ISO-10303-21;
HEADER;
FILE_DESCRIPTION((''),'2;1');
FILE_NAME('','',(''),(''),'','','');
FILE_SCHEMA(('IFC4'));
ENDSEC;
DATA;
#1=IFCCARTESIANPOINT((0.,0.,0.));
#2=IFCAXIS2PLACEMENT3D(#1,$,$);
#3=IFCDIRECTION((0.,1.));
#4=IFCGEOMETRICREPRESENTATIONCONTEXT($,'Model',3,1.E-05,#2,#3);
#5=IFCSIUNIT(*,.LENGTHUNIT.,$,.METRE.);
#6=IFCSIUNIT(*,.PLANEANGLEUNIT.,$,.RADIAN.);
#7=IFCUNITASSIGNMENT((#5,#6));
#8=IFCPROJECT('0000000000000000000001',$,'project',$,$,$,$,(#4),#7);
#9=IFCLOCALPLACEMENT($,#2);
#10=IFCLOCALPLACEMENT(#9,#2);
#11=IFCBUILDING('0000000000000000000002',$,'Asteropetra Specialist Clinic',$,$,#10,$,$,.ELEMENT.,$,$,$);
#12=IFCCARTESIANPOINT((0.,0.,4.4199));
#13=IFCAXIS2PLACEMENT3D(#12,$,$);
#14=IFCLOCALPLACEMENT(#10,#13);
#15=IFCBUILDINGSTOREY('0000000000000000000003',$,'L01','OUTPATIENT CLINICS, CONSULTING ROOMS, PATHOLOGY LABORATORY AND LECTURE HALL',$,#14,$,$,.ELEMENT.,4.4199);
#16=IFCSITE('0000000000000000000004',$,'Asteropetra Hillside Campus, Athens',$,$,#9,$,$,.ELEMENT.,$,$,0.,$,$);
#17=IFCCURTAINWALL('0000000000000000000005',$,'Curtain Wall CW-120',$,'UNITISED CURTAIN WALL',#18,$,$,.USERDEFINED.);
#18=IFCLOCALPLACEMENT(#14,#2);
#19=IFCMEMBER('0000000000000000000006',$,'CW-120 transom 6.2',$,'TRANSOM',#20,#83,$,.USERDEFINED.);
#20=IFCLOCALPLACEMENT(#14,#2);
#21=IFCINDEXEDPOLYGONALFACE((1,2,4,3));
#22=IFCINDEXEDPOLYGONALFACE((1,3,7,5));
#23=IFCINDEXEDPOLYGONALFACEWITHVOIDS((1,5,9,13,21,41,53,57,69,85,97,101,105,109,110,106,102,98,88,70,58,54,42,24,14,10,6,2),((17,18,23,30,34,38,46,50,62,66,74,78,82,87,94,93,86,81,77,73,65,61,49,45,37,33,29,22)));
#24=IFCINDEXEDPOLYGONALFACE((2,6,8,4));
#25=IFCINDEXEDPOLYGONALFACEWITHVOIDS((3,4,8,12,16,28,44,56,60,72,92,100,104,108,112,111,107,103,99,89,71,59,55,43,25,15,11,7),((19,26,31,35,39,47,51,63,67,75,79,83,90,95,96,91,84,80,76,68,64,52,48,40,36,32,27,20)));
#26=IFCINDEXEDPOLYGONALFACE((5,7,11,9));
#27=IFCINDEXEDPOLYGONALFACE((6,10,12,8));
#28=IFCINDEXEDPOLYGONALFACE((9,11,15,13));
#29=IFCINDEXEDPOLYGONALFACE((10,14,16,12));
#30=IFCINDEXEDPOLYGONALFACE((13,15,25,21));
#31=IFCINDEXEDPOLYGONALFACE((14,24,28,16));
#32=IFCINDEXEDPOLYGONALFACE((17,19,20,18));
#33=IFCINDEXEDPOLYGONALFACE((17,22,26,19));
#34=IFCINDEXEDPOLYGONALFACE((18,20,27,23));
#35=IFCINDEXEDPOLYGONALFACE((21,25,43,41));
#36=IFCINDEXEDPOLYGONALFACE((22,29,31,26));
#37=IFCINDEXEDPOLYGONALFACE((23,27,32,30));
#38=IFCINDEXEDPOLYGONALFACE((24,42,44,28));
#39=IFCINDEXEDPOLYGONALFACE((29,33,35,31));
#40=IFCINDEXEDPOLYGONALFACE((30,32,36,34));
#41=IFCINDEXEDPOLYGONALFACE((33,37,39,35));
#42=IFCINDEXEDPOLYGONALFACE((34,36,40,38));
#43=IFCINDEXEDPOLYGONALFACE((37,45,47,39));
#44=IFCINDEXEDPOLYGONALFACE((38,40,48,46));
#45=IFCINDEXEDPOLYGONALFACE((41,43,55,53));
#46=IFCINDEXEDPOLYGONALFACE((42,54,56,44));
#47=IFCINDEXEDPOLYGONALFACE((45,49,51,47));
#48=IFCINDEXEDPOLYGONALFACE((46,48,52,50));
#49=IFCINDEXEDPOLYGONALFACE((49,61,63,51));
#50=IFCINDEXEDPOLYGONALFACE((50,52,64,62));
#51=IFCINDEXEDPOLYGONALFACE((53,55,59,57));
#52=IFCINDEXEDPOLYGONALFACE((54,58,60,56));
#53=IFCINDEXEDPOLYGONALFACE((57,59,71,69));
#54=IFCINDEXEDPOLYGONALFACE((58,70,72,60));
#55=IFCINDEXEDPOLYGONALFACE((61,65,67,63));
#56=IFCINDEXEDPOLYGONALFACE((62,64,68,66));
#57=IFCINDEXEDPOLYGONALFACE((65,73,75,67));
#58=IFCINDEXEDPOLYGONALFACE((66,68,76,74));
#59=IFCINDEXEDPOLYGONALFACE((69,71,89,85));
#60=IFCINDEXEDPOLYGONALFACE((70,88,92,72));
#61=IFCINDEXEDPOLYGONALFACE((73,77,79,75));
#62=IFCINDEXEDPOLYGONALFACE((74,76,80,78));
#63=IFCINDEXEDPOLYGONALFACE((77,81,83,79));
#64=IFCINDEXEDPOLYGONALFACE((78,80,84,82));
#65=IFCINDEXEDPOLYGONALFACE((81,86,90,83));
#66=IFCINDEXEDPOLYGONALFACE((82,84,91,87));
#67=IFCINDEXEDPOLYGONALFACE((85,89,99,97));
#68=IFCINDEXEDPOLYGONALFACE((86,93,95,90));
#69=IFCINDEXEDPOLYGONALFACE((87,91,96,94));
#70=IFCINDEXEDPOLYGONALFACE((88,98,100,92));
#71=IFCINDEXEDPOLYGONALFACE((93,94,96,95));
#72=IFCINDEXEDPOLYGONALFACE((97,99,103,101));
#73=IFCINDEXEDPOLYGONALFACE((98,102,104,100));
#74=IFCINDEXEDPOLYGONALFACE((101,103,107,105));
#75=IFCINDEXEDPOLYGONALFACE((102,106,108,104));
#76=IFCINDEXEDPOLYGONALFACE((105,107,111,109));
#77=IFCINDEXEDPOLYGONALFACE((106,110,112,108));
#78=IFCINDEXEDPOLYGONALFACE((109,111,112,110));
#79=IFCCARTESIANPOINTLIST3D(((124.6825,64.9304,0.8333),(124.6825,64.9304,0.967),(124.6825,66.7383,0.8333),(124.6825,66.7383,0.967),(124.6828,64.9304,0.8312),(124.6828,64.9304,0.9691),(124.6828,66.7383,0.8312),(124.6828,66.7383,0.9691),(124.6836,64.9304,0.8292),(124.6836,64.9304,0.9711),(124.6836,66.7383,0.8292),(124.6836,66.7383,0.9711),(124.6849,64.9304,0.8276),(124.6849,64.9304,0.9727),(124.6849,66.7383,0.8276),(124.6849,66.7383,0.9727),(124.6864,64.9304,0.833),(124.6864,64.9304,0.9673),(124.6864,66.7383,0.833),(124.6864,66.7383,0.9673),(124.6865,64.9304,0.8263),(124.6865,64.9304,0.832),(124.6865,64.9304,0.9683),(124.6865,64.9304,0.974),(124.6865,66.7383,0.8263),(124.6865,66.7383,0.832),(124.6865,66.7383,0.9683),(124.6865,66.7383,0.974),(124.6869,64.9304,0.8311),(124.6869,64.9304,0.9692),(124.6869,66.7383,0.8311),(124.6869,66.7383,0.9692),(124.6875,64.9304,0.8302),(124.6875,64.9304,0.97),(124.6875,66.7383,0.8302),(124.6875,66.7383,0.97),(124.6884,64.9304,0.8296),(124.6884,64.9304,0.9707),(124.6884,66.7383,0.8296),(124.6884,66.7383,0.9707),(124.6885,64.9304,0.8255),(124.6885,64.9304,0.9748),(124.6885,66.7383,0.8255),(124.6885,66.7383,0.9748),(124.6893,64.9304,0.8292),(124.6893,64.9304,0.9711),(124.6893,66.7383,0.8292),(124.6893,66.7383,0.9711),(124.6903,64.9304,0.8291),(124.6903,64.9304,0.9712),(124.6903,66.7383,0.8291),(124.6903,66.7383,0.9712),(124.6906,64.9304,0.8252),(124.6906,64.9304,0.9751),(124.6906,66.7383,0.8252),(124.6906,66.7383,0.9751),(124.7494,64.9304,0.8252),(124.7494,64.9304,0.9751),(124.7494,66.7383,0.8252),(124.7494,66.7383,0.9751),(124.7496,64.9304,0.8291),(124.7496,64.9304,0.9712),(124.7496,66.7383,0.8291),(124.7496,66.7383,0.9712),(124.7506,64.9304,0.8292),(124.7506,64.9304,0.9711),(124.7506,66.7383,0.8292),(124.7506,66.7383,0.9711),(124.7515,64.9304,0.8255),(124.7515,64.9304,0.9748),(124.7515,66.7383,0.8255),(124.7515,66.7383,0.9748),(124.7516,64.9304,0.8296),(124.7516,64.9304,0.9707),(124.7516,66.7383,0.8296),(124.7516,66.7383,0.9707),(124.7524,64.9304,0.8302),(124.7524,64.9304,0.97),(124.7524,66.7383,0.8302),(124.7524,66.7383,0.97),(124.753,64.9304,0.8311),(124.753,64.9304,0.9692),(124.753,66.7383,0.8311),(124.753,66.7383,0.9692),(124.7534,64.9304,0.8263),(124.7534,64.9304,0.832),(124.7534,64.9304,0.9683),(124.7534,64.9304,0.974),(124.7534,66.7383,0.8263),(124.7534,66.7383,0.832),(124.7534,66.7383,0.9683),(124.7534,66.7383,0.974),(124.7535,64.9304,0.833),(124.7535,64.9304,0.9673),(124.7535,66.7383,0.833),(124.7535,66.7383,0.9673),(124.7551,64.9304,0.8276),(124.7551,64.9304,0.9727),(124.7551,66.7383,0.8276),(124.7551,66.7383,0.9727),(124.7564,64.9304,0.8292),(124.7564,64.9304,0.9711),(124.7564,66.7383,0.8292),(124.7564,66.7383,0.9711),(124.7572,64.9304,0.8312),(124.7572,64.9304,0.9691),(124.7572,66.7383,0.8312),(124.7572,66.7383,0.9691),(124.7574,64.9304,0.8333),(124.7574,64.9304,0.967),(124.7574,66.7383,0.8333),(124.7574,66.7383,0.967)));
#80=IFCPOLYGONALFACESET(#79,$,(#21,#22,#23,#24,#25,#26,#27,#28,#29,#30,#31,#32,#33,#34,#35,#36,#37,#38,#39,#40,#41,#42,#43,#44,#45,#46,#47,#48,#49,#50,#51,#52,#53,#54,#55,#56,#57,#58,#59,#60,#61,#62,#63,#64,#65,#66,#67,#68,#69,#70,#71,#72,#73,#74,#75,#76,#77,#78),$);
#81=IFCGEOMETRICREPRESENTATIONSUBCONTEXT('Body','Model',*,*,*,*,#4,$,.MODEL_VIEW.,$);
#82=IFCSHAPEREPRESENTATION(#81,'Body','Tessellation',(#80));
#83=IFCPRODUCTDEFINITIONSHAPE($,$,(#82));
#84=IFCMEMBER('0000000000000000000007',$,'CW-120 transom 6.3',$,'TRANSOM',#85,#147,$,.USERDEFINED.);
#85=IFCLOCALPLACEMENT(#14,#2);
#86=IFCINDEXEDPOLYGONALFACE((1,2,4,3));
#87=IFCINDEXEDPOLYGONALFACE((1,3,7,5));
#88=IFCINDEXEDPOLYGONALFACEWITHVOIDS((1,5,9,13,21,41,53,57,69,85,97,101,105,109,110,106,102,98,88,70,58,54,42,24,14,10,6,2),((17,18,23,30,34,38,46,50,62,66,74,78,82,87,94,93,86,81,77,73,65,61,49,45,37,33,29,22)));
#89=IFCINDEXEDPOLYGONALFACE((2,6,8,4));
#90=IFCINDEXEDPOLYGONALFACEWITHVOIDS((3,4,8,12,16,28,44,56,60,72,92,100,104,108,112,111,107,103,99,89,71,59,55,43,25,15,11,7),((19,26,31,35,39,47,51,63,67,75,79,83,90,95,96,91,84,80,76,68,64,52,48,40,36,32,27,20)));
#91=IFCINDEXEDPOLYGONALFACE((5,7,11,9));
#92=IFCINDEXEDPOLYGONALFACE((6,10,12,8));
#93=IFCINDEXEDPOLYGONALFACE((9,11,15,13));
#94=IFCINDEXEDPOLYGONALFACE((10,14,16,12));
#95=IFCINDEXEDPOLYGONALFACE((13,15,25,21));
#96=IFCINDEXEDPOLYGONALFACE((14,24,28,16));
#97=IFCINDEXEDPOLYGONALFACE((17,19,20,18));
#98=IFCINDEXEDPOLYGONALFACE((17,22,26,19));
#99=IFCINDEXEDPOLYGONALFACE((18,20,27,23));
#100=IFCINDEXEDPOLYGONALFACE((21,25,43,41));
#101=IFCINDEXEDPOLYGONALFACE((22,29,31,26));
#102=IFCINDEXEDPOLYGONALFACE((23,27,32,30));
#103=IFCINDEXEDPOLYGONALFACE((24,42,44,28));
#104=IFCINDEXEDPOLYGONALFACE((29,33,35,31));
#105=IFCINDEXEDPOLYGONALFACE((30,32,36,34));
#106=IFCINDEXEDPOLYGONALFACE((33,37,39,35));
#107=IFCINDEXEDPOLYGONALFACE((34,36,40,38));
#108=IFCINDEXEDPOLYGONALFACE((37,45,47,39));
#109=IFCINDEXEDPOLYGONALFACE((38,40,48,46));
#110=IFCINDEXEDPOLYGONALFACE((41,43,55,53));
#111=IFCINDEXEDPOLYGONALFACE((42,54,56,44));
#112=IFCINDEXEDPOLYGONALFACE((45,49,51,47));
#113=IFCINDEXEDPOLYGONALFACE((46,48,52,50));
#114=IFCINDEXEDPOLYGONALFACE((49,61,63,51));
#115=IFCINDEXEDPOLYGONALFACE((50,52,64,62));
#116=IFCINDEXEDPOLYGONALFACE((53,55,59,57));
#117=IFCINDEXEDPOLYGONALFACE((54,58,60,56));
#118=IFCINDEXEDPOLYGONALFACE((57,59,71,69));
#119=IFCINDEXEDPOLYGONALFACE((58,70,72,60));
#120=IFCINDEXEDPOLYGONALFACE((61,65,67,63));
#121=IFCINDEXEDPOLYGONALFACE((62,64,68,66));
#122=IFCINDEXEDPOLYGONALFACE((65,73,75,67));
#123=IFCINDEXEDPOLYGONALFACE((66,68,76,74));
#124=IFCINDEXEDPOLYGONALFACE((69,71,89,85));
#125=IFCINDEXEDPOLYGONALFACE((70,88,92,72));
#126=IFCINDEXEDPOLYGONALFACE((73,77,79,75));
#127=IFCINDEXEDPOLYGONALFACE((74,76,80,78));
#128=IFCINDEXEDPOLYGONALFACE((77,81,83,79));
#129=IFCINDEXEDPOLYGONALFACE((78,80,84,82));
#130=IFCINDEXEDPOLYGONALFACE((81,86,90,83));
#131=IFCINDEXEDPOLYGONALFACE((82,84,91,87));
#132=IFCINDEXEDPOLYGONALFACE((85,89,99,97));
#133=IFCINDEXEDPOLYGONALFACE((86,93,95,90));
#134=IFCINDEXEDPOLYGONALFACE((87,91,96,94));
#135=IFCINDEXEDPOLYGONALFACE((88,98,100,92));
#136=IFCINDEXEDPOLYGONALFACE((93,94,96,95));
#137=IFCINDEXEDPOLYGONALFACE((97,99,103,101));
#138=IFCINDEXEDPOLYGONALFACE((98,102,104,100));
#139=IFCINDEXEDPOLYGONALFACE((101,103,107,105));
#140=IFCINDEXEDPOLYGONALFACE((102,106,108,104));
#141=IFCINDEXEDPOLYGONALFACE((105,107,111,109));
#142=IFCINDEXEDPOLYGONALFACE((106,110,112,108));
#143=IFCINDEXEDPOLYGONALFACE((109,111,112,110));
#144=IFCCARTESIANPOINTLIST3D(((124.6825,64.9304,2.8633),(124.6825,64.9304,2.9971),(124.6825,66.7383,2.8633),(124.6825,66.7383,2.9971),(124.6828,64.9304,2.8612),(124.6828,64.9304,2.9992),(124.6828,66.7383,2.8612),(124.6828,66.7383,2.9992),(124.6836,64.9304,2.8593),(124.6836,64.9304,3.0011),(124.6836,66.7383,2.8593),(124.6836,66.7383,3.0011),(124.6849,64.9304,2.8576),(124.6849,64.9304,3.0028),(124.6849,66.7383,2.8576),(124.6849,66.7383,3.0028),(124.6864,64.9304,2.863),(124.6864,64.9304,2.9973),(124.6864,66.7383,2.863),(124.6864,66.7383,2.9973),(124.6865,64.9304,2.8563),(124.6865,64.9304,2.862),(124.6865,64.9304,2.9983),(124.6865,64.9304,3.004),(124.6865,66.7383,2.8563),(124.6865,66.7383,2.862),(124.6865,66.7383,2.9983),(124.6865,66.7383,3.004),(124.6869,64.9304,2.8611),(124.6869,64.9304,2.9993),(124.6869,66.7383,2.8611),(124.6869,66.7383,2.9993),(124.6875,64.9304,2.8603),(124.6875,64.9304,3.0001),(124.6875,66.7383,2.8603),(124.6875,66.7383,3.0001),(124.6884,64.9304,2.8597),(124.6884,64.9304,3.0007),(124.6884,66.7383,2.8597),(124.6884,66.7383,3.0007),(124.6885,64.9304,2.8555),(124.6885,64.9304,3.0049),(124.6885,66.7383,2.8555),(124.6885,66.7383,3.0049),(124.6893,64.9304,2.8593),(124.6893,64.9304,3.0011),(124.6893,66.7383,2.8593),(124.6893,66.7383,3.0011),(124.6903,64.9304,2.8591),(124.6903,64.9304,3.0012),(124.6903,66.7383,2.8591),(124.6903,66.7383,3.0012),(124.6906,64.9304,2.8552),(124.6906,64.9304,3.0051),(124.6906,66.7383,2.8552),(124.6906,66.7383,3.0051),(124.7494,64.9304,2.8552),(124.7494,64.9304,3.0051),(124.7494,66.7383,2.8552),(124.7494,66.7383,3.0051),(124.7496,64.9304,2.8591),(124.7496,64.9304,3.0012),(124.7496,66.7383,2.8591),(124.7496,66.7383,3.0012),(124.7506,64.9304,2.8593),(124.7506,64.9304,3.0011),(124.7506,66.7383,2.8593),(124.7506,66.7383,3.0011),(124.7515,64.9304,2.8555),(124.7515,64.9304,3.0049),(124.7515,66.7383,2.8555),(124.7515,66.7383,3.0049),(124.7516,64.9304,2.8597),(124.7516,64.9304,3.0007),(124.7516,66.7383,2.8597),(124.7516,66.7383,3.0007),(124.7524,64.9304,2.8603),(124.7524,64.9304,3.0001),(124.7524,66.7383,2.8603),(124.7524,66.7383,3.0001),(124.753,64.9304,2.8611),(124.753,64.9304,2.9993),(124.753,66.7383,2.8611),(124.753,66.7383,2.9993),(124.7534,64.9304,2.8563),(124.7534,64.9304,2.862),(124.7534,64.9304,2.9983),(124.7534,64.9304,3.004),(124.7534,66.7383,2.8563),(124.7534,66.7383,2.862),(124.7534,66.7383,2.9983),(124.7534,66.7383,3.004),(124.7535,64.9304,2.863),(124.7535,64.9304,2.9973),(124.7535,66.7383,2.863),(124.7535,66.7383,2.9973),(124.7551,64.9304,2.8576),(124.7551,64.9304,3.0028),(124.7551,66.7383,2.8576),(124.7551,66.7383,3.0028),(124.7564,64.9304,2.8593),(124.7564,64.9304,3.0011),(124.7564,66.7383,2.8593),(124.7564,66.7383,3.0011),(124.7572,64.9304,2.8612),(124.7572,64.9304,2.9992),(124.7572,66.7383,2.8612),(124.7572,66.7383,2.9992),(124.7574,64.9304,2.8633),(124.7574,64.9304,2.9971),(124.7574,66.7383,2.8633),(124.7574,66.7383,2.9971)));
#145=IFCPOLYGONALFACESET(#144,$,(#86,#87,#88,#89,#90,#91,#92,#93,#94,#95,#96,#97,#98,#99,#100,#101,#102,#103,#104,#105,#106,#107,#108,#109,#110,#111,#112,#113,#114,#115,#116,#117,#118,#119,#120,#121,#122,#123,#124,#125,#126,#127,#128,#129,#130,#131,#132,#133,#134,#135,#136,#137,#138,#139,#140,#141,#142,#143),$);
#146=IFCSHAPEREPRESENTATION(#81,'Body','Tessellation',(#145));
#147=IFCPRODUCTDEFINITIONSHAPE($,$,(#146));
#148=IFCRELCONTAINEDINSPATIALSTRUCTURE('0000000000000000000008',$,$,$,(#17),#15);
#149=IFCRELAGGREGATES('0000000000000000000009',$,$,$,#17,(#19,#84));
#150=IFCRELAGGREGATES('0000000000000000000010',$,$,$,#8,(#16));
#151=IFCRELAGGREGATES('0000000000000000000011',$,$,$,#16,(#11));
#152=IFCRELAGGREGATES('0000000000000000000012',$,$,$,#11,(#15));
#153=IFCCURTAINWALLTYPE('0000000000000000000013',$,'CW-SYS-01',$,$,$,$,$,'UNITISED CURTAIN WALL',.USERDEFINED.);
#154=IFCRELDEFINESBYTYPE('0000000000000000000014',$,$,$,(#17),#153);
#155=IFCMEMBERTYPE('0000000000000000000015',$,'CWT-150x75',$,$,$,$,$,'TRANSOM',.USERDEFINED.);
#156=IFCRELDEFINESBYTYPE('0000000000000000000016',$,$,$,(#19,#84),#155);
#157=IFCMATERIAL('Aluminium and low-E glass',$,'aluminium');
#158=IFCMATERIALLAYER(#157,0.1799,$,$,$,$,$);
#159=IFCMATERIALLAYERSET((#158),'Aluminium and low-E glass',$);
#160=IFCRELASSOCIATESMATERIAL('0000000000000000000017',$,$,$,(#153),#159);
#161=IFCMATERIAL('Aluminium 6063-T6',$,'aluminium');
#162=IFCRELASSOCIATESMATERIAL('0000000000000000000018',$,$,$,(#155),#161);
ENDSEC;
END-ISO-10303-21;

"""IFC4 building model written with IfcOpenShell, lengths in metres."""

from ifc_helpers import new_model, si_unit, direction, frame, origin, origin_2d, place, context, subcontext, project, spatial, hollow_rectangle, extrude, material, layer, layer_set, material_profile, profile_set, type_object, element, aggregate, save


model = new_model("IFC4")

# Units and contexts
model_context = context("Model", 3, precision=1e-05, world=origin(), true_north=direction((0.0, 1.0)))
body_context = subcontext(model_context, "Body", "Model", "MODEL_VIEW")
ifc_project = project(units=[si_unit("LENGTHUNIT", "METRE"), si_unit("PLANEANGLEUNIT", "RADIAN")], contexts=[model_context])

# Site, building, storey
site_placement = place(None, origin())
site = spatial("IfcSite", under=ifc_project, at=site_placement, Name="Asteropetra Hillside Campus, Athens", CompositionType="ELEMENT", RefElevation=0.0)
building_placement = place(site_placement, origin())
building = spatial("IfcBuilding", under=site, at=building_placement, Name="Asteropetra Specialist Clinic", CompositionType="ELEMENT")
storey_placement = place(building_placement, frame((0.0, 0.0, 4.4199)))
storey = spatial("IfcBuildingStorey", under=building, at=storey_placement, Name="L01", Description="OUTPATIENT CLINICS, CONSULTING ROOMS, PATHOLOGY LABORATORY AND LECTURE HALL", CompositionType="ELEMENT", Elevation=4.4199)

# Curtain wall, members
ifc_material_1 = material(Name="Aluminium and low-E glass", Category="aluminium")
ifc_layer_1 = layer(ifc_material_1, 0.1799)
ifc_layer_set_1 = layer_set([ifc_layer_1], Name="Aluminium and low-E glass")
curtain_wall_type = type_object("IfcCurtainWallType", Name="CW-SYS-01", ElementType="UNITISED CURTAIN WALL", PredefinedType="USERDEFINED", material=ifc_layer_set_1)
curtain_wall_placement = place(storey_placement, origin())
curtain_wall = element("IfcCurtainWall", 1, at=curtain_wall_placement, inside=storey, type_object=curtain_wall_type, Name="Curtain Wall CW-120", ObjectType="UNITISED CURTAIN WALL", PredefinedType="USERDEFINED")
ifc_material_2 = material(Name="Aluminium 6063-T6", Category="aluminium")
ifc_material_profile_1 = material_profile(ifc_material_2, hollow_rectangle(XDim=0.075, YDim=0.1499, WallThickness=0.0039, InnerFilletRadius=0.0039, OuterFilletRadius=0.0081, at=origin_2d()), Name="TRN 150x75x4.0")
ifc_profile_set_1 = profile_set([ifc_material_profile_1], Name="Aluminium 6063-T6")
member_type_1 = type_object("IfcMemberType", Name="CWT-150x75", ElementType="TRANSOM", PredefinedType="USERDEFINED", material=ifc_profile_set_1)
member_1_placement = place(storey_placement, frame((124.72, 66.7383, 0.9001), z_axis=(0.0, -1.0, 0.0), x_axis=(1.0, 0.0, 0.0)))
member_1 = element("IfcMember", 2, at=member_1_placement, type_object=member_type_1, Name="CW-120 transom 6.2", ObjectType="TRANSOM", PredefinedType="USERDEFINED", context=body_context, shape_type="SweptSolid", body=[
    extrude(hollow_rectangle(XDim=0.075, YDim=0.1499, WallThickness=0.0039, InnerFilletRadius=0.0039, OuterFilletRadius=0.0081, at=origin_2d()), origin(), (0.0, 0.0, 1.0), 1.8079),
])
member_2_placement = place(storey_placement, frame((124.72, 66.7383, 2.9302), z_axis=(0.0, -1.0, 0.0), x_axis=(1.0, 0.0, 0.0)))
member_2 = element("IfcMember", 3, at=member_2_placement, type_object=member_type_1, Name="CW-120 transom 6.3", ObjectType="TRANSOM", PredefinedType="USERDEFINED", context=body_context, shape_type="SweptSolid", body=[
    extrude(hollow_rectangle(XDim=0.075, YDim=0.1499, WallThickness=0.0039, InnerFilletRadius=0.0039, OuterFilletRadius=0.0081, at=origin_2d()), origin(), (0.0, 0.0, 1.0), 1.8079),
])
aggregate(curtain_wall, [member_1, member_2])

save(model, "model.ifc")
